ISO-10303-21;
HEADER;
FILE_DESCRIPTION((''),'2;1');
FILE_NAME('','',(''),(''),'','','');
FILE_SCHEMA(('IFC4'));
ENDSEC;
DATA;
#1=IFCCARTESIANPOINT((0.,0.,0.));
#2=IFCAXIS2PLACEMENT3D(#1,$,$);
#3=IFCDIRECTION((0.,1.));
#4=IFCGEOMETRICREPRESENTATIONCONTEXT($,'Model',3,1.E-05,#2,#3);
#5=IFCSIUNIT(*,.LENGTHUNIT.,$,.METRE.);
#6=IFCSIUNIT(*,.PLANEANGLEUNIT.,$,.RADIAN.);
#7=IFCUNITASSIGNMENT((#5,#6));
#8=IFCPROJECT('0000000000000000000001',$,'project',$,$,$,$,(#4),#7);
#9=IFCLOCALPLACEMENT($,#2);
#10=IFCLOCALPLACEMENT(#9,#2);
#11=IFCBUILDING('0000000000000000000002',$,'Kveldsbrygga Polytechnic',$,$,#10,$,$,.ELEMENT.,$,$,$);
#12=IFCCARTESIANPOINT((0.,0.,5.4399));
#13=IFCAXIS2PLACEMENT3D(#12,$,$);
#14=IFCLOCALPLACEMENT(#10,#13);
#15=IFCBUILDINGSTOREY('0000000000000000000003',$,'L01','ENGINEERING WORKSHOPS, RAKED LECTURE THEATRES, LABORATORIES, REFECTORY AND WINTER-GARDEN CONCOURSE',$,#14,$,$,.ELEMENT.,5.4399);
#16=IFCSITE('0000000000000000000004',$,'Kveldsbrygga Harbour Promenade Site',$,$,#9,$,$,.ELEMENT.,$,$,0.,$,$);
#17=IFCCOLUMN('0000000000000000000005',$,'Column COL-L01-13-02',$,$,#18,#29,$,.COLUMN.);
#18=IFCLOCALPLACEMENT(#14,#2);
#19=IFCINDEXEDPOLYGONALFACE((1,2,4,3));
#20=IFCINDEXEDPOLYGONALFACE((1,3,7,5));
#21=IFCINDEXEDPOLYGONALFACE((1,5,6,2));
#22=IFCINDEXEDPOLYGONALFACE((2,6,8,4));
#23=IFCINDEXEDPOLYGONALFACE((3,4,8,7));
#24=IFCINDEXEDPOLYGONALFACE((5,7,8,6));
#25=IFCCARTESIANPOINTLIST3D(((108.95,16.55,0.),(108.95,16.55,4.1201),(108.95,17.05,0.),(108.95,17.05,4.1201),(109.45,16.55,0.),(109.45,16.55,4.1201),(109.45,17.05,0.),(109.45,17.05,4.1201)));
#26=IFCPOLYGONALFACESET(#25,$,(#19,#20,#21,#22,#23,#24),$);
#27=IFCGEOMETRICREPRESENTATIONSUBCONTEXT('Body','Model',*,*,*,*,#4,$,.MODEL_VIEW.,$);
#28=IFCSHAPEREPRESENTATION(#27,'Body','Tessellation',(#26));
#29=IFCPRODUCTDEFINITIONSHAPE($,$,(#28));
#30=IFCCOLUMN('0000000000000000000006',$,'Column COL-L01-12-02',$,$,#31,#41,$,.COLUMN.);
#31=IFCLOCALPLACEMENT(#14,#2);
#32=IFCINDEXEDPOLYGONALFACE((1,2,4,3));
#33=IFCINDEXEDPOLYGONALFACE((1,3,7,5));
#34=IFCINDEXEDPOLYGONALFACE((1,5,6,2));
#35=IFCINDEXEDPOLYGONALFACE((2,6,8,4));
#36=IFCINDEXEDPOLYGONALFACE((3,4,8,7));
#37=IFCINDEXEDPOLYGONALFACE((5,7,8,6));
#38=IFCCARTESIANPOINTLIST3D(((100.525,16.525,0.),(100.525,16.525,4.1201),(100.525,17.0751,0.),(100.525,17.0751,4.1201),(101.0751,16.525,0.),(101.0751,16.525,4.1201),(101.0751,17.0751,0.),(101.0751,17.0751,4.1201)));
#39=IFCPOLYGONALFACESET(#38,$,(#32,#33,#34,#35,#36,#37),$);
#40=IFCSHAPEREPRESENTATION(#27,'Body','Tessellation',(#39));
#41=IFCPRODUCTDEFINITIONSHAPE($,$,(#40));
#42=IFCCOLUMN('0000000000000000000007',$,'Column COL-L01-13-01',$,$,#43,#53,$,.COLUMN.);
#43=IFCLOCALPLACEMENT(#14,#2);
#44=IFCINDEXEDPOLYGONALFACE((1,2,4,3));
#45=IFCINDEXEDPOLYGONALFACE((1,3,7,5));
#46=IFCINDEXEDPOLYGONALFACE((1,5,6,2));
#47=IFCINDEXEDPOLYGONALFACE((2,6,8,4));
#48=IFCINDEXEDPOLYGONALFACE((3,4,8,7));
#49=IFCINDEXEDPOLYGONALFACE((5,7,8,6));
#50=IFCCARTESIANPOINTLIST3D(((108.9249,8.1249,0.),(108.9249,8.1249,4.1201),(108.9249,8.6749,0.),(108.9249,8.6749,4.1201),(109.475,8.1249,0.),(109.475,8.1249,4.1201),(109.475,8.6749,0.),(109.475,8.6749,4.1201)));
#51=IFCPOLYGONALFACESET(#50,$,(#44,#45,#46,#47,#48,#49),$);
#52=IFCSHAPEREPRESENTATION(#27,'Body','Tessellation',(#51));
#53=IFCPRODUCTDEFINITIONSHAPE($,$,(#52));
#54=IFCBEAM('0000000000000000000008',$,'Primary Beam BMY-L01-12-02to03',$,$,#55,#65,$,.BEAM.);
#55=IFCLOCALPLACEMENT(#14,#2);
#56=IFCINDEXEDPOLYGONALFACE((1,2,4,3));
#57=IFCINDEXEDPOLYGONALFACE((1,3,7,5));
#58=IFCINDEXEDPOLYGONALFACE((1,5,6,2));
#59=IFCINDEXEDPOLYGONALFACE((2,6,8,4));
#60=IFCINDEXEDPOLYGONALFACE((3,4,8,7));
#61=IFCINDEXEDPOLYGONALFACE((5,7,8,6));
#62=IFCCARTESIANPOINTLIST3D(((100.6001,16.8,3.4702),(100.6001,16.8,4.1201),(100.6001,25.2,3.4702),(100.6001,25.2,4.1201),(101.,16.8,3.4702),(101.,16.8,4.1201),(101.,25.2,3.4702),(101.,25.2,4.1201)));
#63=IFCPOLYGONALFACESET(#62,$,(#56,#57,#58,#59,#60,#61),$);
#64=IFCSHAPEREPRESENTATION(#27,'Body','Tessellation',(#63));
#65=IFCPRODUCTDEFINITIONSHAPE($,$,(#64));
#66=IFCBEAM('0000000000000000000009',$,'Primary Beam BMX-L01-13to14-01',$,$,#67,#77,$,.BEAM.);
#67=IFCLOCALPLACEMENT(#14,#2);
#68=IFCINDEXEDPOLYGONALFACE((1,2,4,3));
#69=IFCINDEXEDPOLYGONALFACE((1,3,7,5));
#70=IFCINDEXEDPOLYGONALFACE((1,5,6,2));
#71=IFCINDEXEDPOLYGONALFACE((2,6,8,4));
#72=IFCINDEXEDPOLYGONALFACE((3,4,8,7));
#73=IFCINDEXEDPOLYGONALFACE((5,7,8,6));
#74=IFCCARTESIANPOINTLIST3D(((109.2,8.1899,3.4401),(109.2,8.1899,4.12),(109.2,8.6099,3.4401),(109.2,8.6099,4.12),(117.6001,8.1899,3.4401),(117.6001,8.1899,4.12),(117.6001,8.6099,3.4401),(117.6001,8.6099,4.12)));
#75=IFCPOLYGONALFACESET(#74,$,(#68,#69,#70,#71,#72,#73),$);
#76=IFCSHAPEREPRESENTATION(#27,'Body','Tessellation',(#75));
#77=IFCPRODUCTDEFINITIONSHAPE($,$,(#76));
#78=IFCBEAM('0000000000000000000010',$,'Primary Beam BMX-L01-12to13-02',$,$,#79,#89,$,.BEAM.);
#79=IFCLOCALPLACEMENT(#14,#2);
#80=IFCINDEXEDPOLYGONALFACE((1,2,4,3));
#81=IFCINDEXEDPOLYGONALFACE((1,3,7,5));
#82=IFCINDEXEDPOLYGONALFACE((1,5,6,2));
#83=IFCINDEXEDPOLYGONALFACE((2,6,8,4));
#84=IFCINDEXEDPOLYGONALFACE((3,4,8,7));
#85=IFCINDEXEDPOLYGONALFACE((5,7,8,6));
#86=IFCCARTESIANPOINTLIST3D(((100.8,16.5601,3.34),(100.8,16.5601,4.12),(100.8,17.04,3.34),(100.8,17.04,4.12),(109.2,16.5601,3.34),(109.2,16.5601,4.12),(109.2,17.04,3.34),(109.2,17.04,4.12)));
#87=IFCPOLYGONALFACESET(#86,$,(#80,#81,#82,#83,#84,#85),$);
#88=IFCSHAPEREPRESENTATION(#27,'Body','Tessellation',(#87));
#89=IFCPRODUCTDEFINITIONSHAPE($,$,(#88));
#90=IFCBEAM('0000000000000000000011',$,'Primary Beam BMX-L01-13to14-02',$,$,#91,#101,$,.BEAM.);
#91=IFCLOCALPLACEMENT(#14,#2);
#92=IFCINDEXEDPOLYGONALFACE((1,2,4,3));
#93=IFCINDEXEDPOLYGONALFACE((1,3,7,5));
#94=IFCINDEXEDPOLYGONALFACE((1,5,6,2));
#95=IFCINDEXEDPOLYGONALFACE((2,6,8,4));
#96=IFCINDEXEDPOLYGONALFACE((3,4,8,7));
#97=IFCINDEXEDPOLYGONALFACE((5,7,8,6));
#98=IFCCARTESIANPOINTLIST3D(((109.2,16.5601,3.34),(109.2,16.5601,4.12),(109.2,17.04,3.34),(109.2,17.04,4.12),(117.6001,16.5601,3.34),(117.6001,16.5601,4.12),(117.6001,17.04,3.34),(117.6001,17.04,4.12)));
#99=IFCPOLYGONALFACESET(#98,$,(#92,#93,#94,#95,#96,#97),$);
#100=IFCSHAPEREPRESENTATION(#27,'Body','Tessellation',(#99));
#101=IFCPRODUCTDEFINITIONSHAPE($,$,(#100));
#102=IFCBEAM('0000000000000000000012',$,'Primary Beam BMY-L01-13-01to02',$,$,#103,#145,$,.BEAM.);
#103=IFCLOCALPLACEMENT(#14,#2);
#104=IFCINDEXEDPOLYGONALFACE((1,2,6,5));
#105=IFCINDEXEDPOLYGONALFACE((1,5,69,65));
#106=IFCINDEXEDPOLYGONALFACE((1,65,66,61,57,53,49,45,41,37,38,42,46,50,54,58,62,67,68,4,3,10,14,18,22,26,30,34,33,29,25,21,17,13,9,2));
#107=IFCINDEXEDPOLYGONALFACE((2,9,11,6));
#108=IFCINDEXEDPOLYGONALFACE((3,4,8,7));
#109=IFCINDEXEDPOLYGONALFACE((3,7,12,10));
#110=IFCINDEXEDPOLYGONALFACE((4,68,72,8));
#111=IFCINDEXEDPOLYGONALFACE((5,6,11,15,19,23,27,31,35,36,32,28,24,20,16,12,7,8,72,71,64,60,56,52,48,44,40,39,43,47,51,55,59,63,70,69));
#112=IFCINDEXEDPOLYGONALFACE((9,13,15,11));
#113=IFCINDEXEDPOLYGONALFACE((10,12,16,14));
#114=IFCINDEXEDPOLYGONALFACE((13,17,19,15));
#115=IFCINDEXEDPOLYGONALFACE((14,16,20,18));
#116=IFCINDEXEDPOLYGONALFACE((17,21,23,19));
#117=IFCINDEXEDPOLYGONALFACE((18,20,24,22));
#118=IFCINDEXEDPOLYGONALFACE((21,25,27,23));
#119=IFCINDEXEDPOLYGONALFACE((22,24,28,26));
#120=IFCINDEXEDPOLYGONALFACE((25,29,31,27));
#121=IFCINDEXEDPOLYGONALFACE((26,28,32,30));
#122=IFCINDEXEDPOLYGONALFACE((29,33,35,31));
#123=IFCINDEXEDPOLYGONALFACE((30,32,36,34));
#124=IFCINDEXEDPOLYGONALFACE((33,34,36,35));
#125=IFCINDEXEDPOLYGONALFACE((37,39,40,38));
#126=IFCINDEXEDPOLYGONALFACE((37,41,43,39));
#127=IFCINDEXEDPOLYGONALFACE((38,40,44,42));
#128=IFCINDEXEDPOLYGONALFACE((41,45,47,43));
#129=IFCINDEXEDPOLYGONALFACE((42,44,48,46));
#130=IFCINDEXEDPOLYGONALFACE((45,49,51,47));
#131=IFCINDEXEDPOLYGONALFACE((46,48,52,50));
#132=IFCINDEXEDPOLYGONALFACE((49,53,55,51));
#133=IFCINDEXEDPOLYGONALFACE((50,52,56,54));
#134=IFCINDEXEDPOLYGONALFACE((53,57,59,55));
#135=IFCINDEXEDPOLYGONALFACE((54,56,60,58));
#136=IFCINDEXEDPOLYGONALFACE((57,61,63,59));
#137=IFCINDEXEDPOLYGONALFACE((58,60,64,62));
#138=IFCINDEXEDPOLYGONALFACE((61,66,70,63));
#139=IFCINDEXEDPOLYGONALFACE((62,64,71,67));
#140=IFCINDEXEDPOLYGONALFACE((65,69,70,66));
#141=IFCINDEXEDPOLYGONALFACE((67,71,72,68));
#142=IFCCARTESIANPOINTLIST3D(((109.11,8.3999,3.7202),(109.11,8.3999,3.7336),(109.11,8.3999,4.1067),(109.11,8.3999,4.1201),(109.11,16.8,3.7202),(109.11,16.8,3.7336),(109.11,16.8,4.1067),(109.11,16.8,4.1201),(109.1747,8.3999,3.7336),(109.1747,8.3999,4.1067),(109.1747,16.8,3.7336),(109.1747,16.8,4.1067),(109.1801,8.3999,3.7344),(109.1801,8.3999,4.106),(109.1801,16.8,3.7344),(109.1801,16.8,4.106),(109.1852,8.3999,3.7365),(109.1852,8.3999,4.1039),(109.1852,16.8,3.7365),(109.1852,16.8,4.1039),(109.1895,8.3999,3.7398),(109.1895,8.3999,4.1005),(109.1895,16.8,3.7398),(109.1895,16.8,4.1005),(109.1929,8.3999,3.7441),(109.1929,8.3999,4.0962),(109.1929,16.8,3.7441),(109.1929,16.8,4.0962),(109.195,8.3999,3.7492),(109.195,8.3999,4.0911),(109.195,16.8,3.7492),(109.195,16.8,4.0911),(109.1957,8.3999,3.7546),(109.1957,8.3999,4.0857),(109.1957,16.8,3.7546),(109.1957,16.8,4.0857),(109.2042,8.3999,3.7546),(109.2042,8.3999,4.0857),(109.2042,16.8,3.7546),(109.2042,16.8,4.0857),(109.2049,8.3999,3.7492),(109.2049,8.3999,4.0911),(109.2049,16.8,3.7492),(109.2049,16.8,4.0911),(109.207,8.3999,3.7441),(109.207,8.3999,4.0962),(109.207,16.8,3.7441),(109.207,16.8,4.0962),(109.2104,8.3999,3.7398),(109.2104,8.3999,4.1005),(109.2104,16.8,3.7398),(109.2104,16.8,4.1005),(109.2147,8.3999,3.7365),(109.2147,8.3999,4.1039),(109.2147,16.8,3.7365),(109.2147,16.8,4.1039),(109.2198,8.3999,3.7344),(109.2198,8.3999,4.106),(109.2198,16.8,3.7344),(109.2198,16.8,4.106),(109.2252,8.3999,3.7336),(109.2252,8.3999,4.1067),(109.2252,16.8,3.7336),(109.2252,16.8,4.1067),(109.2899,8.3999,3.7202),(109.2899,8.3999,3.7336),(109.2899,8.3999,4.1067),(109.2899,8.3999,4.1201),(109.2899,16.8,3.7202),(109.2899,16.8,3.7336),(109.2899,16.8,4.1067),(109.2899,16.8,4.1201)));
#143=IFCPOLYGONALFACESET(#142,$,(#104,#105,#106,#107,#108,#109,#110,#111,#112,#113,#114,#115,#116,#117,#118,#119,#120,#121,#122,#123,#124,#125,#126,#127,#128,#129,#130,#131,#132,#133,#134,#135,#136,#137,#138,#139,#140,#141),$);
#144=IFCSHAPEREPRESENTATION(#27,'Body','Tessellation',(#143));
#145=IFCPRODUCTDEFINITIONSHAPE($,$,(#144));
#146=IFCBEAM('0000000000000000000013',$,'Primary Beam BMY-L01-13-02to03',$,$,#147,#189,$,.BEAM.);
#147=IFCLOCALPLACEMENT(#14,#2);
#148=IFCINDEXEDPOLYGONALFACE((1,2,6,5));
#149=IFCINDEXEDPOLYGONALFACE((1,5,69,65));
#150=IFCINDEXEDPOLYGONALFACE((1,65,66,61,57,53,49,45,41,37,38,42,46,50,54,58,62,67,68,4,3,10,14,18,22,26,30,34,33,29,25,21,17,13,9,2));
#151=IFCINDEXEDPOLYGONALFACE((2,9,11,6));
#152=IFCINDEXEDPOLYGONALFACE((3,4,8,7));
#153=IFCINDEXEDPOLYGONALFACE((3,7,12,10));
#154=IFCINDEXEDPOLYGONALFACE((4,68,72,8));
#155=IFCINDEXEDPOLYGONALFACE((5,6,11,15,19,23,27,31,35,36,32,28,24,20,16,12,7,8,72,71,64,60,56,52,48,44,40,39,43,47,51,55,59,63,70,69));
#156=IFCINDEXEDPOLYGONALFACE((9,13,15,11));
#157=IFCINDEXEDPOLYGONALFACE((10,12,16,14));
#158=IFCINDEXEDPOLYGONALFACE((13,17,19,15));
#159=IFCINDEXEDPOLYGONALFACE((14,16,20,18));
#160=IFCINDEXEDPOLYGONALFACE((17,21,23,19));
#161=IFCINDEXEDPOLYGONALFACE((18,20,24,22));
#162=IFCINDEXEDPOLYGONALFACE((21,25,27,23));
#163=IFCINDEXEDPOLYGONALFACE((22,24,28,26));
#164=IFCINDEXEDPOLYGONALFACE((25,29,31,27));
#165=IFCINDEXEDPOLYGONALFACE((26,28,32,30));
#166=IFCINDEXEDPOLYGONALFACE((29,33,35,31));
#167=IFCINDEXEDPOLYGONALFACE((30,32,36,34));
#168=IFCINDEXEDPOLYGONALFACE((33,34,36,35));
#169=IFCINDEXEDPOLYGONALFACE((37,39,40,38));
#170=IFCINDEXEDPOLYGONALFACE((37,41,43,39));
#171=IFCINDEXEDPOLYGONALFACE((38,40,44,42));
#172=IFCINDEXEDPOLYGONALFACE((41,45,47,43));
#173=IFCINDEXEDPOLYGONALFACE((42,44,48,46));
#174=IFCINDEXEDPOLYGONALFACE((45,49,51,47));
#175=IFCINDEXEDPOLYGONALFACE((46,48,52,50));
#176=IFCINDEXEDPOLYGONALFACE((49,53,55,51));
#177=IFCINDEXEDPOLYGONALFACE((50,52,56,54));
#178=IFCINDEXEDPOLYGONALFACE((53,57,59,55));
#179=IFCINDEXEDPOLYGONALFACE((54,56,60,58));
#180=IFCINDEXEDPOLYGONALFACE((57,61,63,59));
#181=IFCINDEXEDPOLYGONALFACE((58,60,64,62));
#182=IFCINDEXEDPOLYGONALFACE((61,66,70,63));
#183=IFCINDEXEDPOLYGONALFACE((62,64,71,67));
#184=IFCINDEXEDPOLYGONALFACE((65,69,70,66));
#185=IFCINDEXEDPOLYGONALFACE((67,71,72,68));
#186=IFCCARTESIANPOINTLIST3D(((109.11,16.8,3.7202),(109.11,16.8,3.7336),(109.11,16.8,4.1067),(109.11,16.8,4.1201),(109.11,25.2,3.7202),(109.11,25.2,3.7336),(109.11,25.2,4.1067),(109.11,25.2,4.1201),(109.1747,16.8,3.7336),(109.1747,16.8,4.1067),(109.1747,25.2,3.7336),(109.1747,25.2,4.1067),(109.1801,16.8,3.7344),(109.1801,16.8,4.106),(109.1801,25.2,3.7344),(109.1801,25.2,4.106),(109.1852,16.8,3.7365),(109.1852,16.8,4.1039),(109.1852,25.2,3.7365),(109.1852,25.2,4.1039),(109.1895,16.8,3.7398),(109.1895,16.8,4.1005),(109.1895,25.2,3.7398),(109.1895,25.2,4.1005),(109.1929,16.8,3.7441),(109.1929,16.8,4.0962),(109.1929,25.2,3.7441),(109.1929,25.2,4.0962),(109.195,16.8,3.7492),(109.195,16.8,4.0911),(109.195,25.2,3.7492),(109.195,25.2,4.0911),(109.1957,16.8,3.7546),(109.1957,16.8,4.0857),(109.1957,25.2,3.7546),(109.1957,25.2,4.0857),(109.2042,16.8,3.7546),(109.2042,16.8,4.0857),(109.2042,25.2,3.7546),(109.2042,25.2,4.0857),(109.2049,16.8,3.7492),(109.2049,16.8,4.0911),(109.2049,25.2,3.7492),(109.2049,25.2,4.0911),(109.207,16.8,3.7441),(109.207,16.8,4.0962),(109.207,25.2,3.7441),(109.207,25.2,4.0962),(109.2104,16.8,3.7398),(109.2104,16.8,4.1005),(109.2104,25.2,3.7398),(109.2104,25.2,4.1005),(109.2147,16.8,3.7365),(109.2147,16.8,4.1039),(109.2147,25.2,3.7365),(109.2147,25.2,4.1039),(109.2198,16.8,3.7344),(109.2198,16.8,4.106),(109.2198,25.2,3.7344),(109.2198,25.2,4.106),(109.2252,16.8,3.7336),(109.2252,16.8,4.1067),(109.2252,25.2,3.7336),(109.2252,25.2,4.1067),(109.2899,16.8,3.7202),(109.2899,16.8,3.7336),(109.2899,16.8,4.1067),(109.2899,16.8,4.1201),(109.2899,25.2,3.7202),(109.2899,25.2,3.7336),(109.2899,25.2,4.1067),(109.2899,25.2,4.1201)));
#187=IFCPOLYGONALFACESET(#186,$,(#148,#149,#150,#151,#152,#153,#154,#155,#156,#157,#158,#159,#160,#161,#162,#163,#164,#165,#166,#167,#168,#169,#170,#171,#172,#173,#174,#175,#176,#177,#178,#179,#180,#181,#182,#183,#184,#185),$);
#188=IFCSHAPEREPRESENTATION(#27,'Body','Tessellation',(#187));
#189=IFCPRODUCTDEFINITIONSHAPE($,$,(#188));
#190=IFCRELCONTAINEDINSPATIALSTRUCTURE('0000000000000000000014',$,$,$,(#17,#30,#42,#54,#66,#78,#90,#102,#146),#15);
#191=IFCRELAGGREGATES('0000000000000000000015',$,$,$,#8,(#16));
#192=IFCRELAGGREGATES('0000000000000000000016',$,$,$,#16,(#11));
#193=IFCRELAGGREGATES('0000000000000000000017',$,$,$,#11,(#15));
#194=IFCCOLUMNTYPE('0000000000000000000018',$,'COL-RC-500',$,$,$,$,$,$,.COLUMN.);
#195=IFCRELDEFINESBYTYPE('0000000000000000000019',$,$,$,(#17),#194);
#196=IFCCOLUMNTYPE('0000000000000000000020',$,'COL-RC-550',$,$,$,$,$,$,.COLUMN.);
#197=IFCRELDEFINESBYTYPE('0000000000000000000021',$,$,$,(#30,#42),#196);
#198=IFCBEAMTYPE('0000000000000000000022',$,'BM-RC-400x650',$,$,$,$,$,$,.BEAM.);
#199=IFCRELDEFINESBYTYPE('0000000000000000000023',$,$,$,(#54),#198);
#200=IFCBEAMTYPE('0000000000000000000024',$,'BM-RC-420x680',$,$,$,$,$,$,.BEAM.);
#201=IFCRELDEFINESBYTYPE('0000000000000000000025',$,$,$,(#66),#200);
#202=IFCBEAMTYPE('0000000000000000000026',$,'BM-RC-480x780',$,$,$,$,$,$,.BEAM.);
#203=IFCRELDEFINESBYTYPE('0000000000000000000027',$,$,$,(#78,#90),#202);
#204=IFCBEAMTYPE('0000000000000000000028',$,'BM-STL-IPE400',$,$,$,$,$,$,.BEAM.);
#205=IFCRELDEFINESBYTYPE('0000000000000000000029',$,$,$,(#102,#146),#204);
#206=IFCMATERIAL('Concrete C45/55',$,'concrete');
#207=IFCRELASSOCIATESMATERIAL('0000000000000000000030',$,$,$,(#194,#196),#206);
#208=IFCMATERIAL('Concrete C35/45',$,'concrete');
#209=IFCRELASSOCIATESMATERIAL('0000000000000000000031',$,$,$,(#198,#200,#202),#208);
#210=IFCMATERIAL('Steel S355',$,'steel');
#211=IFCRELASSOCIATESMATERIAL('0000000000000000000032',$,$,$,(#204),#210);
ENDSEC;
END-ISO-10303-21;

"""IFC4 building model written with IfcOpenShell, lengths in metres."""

from ifc_helpers import new_model, si_unit, direction, frame, origin, origin_2d, place, context, subcontext, project, spatial, rectangle, i_section, extrude, material, material_profile, profile_set, type_object, element, save


model = new_model("IFC4")

# Units and contexts
model_context = context("Model", 3, precision=1e-05, world=origin(), true_north=direction((0.0, 1.0)))
body_context = subcontext(model_context, "Body", "Model", "MODEL_VIEW")
ifc_project = project(units=[si_unit("LENGTHUNIT", "METRE"), si_unit("PLANEANGLEUNIT", "RADIAN")], contexts=[model_context])

# Site, building, storey
site_placement = place(None, origin())
site = spatial("IfcSite", under=ifc_project, at=site_placement, Name="Kveldsbrygga Harbour Promenade Site", CompositionType="ELEMENT", RefElevation=0.0)
building_placement = place(site_placement, origin())
building = spatial("IfcBuilding", under=site, at=building_placement, Name="Kveldsbrygga Polytechnic", CompositionType="ELEMENT")
storey_placement = place(building_placement, frame((0.0, 0.0, 5.4399)))
storey = spatial("IfcBuildingStorey", under=building, at=storey_placement, Name="L01", Description="ENGINEERING WORKSHOPS, RAKED LECTURE THEATRES, LABORATORIES, REFECTORY AND WINTER-GARDEN CONCOURSE", CompositionType="ELEMENT", Elevation=5.4399)

# Columns
ifc_material_1 = material(Name="Concrete C45/55", Category="concrete")
ifc_material_profile_1 = material_profile(ifc_material_1, rectangle(XDim=0.5, YDim=0.5, at=origin_2d()), Name="RC 500x500")
ifc_profile_set_1 = profile_set([ifc_material_profile_1], Name="Concrete C45/55")
column_type_1 = type_object("IfcColumnType", Name="COL-RC-500", PredefinedType="COLUMN", material=ifc_profile_set_1)
column_placement = place(storey_placement, frame((109.2, 16.8, 0.0), z_axis=(0.0, 0.0, 1.0), x_axis=(1.0, 0.0, 0.0)))
element("IfcColumn", 1, at=column_placement, inside=storey, type_object=column_type_1, Name="Column COL-L01-13-02", PredefinedType="COLUMN", context=body_context, shape_type="SweptSolid", body=[
    extrude(rectangle(XDim=0.5, YDim=0.5, at=origin_2d()), origin(), (0.0, 0.0, 1.0), 4.1201),
])
ifc_material_profile_2 = material_profile(ifc_material_1, rectangle(XDim=0.55, YDim=0.55, at=origin_2d()), Name="RC 550x550")
ifc_profile_set_2 = profile_set([ifc_material_profile_2], Name="Concrete C45/55")
column_type_2 = type_object("IfcColumnType", Name="COL-RC-550", PredefinedType="COLUMN", material=ifc_profile_set_2)
for number, where, z_axis, x_axis, name in (
    (2, (100.8, 16.8, 0.0), (0.0, 0.0, 1.0), (1.0, 0.0, 0.0), "Column COL-L01-12-02"),
    (3, (109.2, 8.3999, 0.0), (0.0, 0.0, 1.0), (1.0, 0.0, 0.0), "Column COL-L01-13-01"),
):
    element("IfcColumn", number, at=place(storey_placement, frame(where, z_axis=z_axis, x_axis=x_axis)), inside=storey, type_object=column_type_2, Name=name, PredefinedType="COLUMN", context=body_context, shape_type="SweptSolid", body=[
        extrude(rectangle(XDim=0.55, YDim=0.55, at=origin_2d()), origin(), (0.0, 0.0, 1.0), 4.1201),
    ])

# Beams
ifc_material_2 = material(Name="Concrete C35/45", Category="concrete")
ifc_material_profile_3 = material_profile(ifc_material_2, rectangle(XDim=0.3999, YDim=0.6499, at=origin_2d()), Name="RC 400x650")
ifc_profile_set_3 = profile_set([ifc_material_profile_3], Name="Concrete C35/45")
beam_type_1 = type_object("IfcBeamType", Name="BM-RC-400x650", PredefinedType="BEAM", material=ifc_profile_set_3)
beam_1_placement = place(storey_placement, frame((100.8, 16.8, 3.7952), z_axis=(0.0, 1.0, 0.0), x_axis=(-1.0, 0.0, 0.0)))
element("IfcBeam", 4, at=beam_1_placement, inside=storey, type_object=beam_type_1, Name="Primary Beam BMY-L01-12-02to03", PredefinedType="BEAM", context=body_context, shape_type="SweptSolid", body=[
    extrude(rectangle(XDim=0.3999, YDim=0.6499, at=origin_2d()), origin(), (0.0, 0.0, 1.0), 8.3999),
])
ifc_material_profile_4 = material_profile(ifc_material_2, rectangle(XDim=0.4199, YDim=0.6799, at=origin_2d()), Name="RC 420x680")
ifc_profile_set_4 = profile_set([ifc_material_profile_4], Name="Concrete C35/45")
beam_type_2 = type_object("IfcBeamType", Name="BM-RC-420x680", PredefinedType="BEAM", material=ifc_profile_set_4)
beam_2_placement = place(storey_placement, frame((109.2, 8.3999, 3.78), z_axis=(1.0, 0.0, 0.0), x_axis=(0.0, 1.0, 0.0)))
element("IfcBeam", 5, at=beam_2_placement, inside=storey, type_object=beam_type_2, Name="Primary Beam BMX-L01-13to14-01", PredefinedType="BEAM", context=body_context, shape_type="SweptSolid", body=[
    extrude(rectangle(XDim=0.4199, YDim=0.6799, at=origin_2d()), origin(), (0.0, 0.0, 1.0), 8.4001),
])
ifc_material_profile_5 = material_profile(ifc_material_2, rectangle(XDim=0.48, YDim=0.78, at=origin_2d()), Name="RC 480x780")
ifc_profile_set_5 = profile_set([ifc_material_profile_5], Name="Concrete C35/45")
beam_type_3 = type_object("IfcBeamType", Name="BM-RC-480x780", PredefinedType="BEAM", material=ifc_profile_set_5)
beam_3_placement = place(storey_placement, frame((100.8, 16.8, 3.73), z_axis=(1.0, 0.0, 0.0), x_axis=(0.0, 1.0, 0.0)))
element("IfcBeam", 6, at=beam_3_placement, inside=storey, type_object=beam_type_3, Name="Primary Beam BMX-L01-12to13-02", PredefinedType="BEAM", context=body_context, shape_type="SweptSolid", body=[
    extrude(rectangle(XDim=0.48, YDim=0.78, at=origin_2d()), origin(), (0.0, 0.0, 1.0), 8.3999),
])
beam_4_placement = place(storey_placement, frame((109.2, 16.8, 3.73), z_axis=(1.0, 0.0, 0.0), x_axis=(0.0, 1.0, 0.0)))
element("IfcBeam", 7, at=beam_4_placement, inside=storey, type_object=beam_type_3, Name="Primary Beam BMX-L01-13to14-02", PredefinedType="BEAM", context=body_context, shape_type="SweptSolid", body=[
    extrude(rectangle(XDim=0.48, YDim=0.78, at=origin_2d()), origin(), (0.0, 0.0, 1.0), 8.4001),
])
ifc_material_3 = material(Name="Steel S355", Category="steel")
ifc_material_profile_6 = material_profile(ifc_material_3, i_section(OverallWidth=0.1799, OverallDepth=0.3999, WebThickness=0.0085, FlangeThickness=0.0134, FilletRadius=0.021, at=origin_2d()), Name="IPE 400")
ifc_profile_set_6 = profile_set([ifc_material_profile_6], Name="Steel S355")
beam_type_4 = type_object("IfcBeamType", Name="BM-STL-IPE400", PredefinedType="BEAM", material=ifc_profile_set_6)
beam_5_placement = place(storey_placement, frame((109.2, 8.3999, 3.9202), z_axis=(0.0, 1.0, 0.0), x_axis=(-1.0, 0.0, 0.0)))
element("IfcBeam", 8, at=beam_5_placement, inside=storey, type_object=beam_type_4, Name="Primary Beam BMY-L01-13-01to02", PredefinedType="BEAM", context=body_context, shape_type="SweptSolid", body=[
    extrude(i_section(OverallWidth=0.1799, OverallDepth=0.3999, WebThickness=0.0085, FlangeThickness=0.0134, FilletRadius=0.021, at=origin_2d()), origin(), (0.0, 0.0, 1.0), 8.4001),
])
beam_6_placement = place(storey_placement, frame((109.2, 16.8, 3.9202), z_axis=(0.0, 1.0, 0.0), x_axis=(-1.0, 0.0, 0.0)))
element("IfcBeam", 9, at=beam_6_placement, inside=storey, type_object=beam_type_4, Name="Primary Beam BMY-L01-13-02to03", PredefinedType="BEAM", context=body_context, shape_type="SweptSolid", body=[
    extrude(i_section(OverallWidth=0.1799, OverallDepth=0.3999, WebThickness=0.0085, FlangeThickness=0.0134, FilletRadius=0.021, at=origin_2d()), origin(), (0.0, 0.0, 1.0), 8.3999),
])

save(model, "model.ifc")
